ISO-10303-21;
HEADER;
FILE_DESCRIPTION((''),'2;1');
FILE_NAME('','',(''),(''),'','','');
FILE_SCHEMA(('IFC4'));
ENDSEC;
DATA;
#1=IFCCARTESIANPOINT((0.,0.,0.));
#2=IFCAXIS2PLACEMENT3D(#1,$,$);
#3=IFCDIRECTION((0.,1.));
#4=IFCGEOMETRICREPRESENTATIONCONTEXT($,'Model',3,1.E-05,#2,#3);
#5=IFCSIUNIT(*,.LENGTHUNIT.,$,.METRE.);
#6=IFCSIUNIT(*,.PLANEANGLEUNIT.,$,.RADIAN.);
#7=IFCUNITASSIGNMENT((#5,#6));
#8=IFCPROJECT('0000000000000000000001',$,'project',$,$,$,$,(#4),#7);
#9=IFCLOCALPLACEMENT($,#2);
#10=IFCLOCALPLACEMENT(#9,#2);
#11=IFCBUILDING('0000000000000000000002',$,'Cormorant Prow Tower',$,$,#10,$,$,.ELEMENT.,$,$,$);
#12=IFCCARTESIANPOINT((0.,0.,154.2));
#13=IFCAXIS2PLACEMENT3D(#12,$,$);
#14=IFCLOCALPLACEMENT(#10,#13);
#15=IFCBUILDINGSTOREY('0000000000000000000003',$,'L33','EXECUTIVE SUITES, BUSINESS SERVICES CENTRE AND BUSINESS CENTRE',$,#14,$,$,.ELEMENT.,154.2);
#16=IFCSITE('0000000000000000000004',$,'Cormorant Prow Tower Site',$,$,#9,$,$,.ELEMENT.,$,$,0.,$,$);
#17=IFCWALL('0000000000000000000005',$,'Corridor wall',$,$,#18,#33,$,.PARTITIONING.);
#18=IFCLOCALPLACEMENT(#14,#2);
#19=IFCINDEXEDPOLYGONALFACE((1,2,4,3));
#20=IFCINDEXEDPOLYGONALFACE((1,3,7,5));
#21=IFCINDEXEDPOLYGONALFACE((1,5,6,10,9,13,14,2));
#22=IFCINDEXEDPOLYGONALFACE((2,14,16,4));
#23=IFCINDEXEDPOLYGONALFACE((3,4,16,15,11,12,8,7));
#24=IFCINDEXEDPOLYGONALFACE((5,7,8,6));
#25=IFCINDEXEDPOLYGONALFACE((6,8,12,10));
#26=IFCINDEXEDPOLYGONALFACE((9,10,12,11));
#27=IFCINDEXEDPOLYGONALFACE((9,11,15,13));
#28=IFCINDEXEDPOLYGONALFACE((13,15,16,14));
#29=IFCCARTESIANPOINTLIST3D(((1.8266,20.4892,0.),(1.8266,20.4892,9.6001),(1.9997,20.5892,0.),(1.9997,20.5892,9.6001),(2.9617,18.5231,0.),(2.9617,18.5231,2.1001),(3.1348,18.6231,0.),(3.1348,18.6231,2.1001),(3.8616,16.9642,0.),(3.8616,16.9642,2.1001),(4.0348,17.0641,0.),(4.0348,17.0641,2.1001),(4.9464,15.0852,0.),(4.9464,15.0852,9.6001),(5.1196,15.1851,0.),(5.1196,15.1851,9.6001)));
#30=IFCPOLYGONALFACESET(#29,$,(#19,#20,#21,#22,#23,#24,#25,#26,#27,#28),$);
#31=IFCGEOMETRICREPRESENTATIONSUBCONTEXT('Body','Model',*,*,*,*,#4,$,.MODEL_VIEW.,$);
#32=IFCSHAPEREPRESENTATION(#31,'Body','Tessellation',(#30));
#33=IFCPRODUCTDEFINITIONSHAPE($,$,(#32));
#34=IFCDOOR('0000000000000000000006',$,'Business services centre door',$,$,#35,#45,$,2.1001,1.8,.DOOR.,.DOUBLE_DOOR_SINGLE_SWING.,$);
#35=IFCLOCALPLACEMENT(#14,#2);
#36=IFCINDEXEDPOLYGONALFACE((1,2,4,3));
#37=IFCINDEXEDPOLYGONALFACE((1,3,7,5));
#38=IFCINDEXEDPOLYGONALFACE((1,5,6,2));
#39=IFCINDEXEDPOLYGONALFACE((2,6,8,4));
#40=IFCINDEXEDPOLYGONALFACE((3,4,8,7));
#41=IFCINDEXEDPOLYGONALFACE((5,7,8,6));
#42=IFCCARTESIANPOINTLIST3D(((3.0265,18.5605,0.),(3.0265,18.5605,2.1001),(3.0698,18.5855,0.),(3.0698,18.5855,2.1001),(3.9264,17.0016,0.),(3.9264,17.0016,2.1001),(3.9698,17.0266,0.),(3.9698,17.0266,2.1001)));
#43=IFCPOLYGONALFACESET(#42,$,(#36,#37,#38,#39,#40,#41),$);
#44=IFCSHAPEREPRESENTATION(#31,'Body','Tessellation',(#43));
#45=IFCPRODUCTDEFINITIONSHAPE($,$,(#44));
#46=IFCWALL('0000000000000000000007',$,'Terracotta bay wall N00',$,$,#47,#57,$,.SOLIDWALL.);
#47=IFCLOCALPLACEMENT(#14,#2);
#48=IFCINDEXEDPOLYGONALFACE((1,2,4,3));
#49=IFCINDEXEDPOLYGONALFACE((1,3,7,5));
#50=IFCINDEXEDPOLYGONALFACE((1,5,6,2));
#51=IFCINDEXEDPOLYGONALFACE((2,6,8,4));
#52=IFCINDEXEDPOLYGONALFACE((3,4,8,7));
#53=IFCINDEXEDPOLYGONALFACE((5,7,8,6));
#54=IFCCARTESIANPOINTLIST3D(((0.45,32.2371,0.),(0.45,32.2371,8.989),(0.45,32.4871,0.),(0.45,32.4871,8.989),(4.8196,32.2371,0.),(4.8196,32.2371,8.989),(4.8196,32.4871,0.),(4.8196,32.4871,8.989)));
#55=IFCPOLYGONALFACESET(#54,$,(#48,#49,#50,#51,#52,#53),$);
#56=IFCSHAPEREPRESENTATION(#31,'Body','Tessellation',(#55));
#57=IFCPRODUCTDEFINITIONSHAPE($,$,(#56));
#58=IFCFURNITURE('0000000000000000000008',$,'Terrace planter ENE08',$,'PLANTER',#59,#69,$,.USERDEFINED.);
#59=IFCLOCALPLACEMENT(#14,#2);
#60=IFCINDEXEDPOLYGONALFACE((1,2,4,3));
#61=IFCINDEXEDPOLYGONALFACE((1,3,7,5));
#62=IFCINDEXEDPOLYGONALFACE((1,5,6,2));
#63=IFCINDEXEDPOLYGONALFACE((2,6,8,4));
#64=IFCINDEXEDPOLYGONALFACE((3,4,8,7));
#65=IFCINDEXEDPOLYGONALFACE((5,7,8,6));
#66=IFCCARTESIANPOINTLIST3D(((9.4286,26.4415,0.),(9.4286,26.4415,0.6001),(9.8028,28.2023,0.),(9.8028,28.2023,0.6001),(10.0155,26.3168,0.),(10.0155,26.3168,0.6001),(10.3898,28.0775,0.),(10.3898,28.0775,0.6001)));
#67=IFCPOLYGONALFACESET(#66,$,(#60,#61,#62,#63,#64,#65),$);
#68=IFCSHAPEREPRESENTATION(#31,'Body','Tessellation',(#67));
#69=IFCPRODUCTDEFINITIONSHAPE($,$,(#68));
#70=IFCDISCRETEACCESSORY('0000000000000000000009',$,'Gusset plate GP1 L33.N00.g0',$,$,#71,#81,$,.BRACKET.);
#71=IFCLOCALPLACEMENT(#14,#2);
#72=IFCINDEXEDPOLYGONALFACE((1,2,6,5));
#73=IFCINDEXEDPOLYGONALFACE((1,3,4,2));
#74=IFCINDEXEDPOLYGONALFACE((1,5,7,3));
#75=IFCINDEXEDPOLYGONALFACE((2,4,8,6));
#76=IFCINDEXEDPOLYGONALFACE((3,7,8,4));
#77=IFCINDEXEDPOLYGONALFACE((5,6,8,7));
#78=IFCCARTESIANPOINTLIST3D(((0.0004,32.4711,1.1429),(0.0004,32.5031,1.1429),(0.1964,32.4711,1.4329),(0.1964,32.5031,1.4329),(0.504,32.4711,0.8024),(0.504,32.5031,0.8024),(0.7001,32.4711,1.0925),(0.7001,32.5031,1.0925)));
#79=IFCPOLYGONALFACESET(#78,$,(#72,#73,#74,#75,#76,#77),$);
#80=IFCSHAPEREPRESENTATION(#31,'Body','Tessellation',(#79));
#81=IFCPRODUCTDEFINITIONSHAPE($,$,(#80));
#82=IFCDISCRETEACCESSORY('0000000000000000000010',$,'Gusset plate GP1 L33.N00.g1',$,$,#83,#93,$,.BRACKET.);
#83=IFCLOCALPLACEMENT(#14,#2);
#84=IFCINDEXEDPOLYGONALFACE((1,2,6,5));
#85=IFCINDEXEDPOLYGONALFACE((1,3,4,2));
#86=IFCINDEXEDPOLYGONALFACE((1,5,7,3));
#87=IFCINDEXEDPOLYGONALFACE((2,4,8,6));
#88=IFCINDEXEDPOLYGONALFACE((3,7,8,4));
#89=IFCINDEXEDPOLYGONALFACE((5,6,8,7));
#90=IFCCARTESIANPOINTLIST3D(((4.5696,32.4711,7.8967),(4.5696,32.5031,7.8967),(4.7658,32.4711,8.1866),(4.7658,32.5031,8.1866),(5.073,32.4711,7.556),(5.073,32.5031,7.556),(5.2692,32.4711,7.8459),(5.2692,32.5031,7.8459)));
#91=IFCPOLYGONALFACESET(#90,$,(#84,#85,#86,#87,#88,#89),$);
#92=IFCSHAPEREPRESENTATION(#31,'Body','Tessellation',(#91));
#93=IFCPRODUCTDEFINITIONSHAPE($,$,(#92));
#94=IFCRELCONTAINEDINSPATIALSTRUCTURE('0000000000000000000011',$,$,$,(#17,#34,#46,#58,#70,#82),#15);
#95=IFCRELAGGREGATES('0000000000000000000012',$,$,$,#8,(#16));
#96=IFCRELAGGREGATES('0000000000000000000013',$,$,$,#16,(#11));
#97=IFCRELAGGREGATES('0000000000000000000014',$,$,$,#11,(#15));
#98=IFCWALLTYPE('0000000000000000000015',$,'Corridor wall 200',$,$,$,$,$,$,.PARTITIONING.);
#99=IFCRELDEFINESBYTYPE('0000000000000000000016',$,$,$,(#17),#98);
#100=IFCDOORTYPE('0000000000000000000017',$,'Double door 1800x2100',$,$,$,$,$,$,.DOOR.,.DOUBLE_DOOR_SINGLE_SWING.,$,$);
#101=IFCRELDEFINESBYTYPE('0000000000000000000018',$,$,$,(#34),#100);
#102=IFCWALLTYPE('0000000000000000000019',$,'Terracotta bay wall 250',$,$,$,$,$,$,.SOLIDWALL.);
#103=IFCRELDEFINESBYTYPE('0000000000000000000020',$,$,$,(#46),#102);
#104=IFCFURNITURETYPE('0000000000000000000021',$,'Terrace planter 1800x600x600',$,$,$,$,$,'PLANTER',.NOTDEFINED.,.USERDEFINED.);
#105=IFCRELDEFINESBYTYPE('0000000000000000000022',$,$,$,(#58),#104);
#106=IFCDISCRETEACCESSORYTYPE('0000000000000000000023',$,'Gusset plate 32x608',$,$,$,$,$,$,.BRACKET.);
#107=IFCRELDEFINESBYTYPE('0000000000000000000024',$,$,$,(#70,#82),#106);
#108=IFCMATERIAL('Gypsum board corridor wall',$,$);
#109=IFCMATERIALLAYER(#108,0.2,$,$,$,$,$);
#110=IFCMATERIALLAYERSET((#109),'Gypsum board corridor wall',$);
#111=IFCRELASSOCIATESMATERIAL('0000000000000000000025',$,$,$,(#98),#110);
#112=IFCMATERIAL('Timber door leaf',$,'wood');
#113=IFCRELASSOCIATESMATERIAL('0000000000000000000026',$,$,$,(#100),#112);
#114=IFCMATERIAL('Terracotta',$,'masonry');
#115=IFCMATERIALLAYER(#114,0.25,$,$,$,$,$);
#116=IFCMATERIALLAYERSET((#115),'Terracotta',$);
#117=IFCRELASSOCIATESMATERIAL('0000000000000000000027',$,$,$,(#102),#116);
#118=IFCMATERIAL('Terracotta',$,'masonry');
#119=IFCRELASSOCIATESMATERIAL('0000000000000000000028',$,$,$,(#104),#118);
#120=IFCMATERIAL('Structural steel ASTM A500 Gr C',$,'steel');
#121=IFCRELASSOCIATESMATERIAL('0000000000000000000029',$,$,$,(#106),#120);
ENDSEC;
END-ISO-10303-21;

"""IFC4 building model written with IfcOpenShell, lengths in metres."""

from ifc_helpers import new_model, si_unit, direction, frame, frame_2d, origin, origin_2d, place, context, subcontext, project, spatial, rectangle, extrude, material, layer, layer_set, material_profile, profile_set, type_object, element, fill, save


model = new_model("IFC4")

# Units and contexts
model_context = context("Model", 3, precision=1e-05, world=origin(), true_north=direction((0.0, 1.0)))
body_context = subcontext(model_context, "Body", "Model", "MODEL_VIEW")
ifc_project = project(units=[si_unit("LENGTHUNIT", "METRE"), si_unit("PLANEANGLEUNIT", "RADIAN")], contexts=[model_context])

# Site, building, storey
site_placement = place(None, origin())
site = spatial("IfcSite", under=ifc_project, at=site_placement, Name="Cormorant Prow Tower Site", CompositionType="ELEMENT", RefElevation=0.0)
building_placement = place(site_placement, origin())
building = spatial("IfcBuilding", under=site, at=building_placement, Name="Cormorant Prow Tower", CompositionType="ELEMENT")
storey_placement = place(building_placement, frame((0.0, 0.0, 154.2)))
storey = spatial("IfcBuildingStorey", under=building, at=storey_placement, Name="L33", Description="EXECUTIVE SUITES, BUSINESS SERVICES CENTRE AND BUSINESS CENTRE", CompositionType="ELEMENT", Elevation=154.2)

# Shared definitions
ifc_material_1 = material(Name="Gypsum board corridor wall")
ifc_layer_1 = layer(ifc_material_1, 0.2)
ifc_layer_set_1 = layer_set([ifc_layer_1], Name="Gypsum board corridor wall")
wall_type_1 = type_object("IfcWallType", Name="Corridor wall 200", PredefinedType="PARTITIONING", material=ifc_layer_set_1)

# Wall, opening, door
wall_1_placement = place(storey_placement, frame((1.9131, 20.5393, 0.0), z_axis=(0.0, 0.0, 1.0), x_axis=(0.499981, -0.866036, 0.0)))
wall_1 = element("IfcWall", 1, at=wall_1_placement, inside=storey, type_object=wall_type_1, Name="Corridor wall", PredefinedType="PARTITIONING", context=body_context, shape_type="SweptSolid", body=[
    extrude(rectangle(XDim=6.24, YDim=0.2, at=frame_2d((3.1201, 0.0))), origin(), (0.0, 0.0, 1.0), 9.6001),
])
opening_placement = place(wall_1_placement, frame((2.2705, 0.0, 0.0)))
opening = element("IfcOpeningElement", 2, at=opening_placement, cuts=wall_1, PredefinedType="OPENING", context=body_context, shape_type="SweptSolid", body=[
    extrude(rectangle(XDim=1.8, YDim=2.1001, at=frame_2d((0.8999, 1.05))), frame((0.0, 0.1099, 0.0), z_axis=(0.0, -1.0, 0.0), x_axis=(1.0, 0.0, 0.0)), (0.0, 0.0, 1.0), 0.22),
])
ifc_material_2 = material(Name="Timber door leaf", Category="wood")
door_type = type_object("IfcDoorType", Name="Double door 1800x2100", OperationType="DOUBLE_DOOR_SINGLE_SWING", PredefinedType="DOOR", material=ifc_material_2)
door_placement = place(opening_placement, origin())
door = element("IfcDoor", 3, at=door_placement, inside=storey, type_object=door_type, Name="Business services centre door", OperationType="DOUBLE_DOOR_SINGLE_SWING", OverallHeight=2.1001, OverallWidth=1.8, PredefinedType="DOOR", context=body_context, shape_type="SweptSolid", body=[
    extrude(rectangle(XDim=1.8, YDim=2.1001, at=frame_2d((0.8999, 1.05))), frame((0.0, 0.0249, 0.0), z_axis=(0.0, -1.0, 0.0), x_axis=(1.0, 0.0, 0.0)), (0.0, 0.0, 1.0), 0.05),
])
fill(opening, door)

# Wall
ifc_material_3 = material(Name="Terracotta", Category="masonry")
ifc_layer_2 = layer(ifc_material_3, 0.25)
ifc_layer_set_2 = layer_set([ifc_layer_2], Name="Terracotta")
wall_type_2 = type_object("IfcWallType", Name="Terracotta bay wall 250", PredefinedType="SOLIDWALL", material=ifc_layer_set_2)
wall_2_placement = place(storey_placement, frame((4.8196, 32.3621, 0.0), z_axis=(0.0, 0.0, 1.0), x_axis=(-1.0, 0.0, 0.0)))
element("IfcWall", 4, at=wall_2_placement, inside=storey, type_object=wall_type_2, Name="Terracotta bay wall N00", PredefinedType="SOLIDWALL", context=body_context, shape_type="SweptSolid", body=[
    extrude(rectangle(XDim=4.3696, YDim=0.25, at=frame_2d((2.1848, 0.0))), origin(), (0.0, 0.0, 1.0), 8.989),
])

# Furniture
ifc_material_4 = material(Name="Terracotta", Category="masonry")
furniture_type = type_object("IfcFurnitureType", Name="Terrace planter 1800x600x600", ElementType="PLANTER", AssemblyPlace="NOTDEFINED", PredefinedType="USERDEFINED", material=ifc_material_4)
furniture_placement = place(storey_placement, frame((9.9092, 27.2595, 0.0), z_axis=(0.0, 0.0, 1.0), x_axis=(0.207912, 0.978148, 0.0)))
element("IfcFurniture", 5, at=furniture_placement, inside=storey, type_object=furniture_type, Name="Terrace planter ENE08", ObjectType="PLANTER", PredefinedType="USERDEFINED", context=body_context, shape_type="SweptSolid", body=[
    extrude(rectangle(XDim=1.8, YDim=0.6001, at=origin_2d()), origin(), (0.0, 0.0, 1.0), 0.6001),
])

# Discrete accessories
ifc_material_5 = material(Name="Structural steel ASTM A500 Gr C", Category="steel")
ifc_material_profile_1 = material_profile(ifc_material_5, rectangle(XDim=0.032, YDim=0.6079, at=origin_2d()), Name="Gusset plate 32x608")
ifc_profile_set_1 = profile_set([ifc_material_profile_1], Name="Structural steel ASTM A500 Gr C")
discrete_accessory_type = type_object("IfcDiscreteAccessoryType", Name="Gusset plate 32x608", PredefinedType="BRACKET", material=ifc_profile_set_1)
for number, where, z_axis, x_axis, name in (
    (6, (0.4482, 32.4871, 1.2627), (-0.56, 0.0, -0.828493), (0.0, -1.0, 0.0), "Gusset plate GP1 L33.N00.g0"),
    (7, (4.8213, 32.4871, 7.7263), (0.560478, 0.0, 0.828169), (0.0, 1.0, 0.0), "Gusset plate GP1 L33.N00.g1"),
):
    element("IfcDiscreteAccessory", number, at=place(storey_placement, frame(where, z_axis=z_axis, x_axis=x_axis)), inside=storey, type_object=discrete_accessory_type, Name=name, PredefinedType="BRACKET", context=body_context, shape_type="SweptSolid", body=[
        extrude(rectangle(XDim=0.032, YDim=0.6079, at=origin_2d()), origin(), (0.0, 0.0, 1.0), 0.3501),
    ])

save(model, "model.ifc")
